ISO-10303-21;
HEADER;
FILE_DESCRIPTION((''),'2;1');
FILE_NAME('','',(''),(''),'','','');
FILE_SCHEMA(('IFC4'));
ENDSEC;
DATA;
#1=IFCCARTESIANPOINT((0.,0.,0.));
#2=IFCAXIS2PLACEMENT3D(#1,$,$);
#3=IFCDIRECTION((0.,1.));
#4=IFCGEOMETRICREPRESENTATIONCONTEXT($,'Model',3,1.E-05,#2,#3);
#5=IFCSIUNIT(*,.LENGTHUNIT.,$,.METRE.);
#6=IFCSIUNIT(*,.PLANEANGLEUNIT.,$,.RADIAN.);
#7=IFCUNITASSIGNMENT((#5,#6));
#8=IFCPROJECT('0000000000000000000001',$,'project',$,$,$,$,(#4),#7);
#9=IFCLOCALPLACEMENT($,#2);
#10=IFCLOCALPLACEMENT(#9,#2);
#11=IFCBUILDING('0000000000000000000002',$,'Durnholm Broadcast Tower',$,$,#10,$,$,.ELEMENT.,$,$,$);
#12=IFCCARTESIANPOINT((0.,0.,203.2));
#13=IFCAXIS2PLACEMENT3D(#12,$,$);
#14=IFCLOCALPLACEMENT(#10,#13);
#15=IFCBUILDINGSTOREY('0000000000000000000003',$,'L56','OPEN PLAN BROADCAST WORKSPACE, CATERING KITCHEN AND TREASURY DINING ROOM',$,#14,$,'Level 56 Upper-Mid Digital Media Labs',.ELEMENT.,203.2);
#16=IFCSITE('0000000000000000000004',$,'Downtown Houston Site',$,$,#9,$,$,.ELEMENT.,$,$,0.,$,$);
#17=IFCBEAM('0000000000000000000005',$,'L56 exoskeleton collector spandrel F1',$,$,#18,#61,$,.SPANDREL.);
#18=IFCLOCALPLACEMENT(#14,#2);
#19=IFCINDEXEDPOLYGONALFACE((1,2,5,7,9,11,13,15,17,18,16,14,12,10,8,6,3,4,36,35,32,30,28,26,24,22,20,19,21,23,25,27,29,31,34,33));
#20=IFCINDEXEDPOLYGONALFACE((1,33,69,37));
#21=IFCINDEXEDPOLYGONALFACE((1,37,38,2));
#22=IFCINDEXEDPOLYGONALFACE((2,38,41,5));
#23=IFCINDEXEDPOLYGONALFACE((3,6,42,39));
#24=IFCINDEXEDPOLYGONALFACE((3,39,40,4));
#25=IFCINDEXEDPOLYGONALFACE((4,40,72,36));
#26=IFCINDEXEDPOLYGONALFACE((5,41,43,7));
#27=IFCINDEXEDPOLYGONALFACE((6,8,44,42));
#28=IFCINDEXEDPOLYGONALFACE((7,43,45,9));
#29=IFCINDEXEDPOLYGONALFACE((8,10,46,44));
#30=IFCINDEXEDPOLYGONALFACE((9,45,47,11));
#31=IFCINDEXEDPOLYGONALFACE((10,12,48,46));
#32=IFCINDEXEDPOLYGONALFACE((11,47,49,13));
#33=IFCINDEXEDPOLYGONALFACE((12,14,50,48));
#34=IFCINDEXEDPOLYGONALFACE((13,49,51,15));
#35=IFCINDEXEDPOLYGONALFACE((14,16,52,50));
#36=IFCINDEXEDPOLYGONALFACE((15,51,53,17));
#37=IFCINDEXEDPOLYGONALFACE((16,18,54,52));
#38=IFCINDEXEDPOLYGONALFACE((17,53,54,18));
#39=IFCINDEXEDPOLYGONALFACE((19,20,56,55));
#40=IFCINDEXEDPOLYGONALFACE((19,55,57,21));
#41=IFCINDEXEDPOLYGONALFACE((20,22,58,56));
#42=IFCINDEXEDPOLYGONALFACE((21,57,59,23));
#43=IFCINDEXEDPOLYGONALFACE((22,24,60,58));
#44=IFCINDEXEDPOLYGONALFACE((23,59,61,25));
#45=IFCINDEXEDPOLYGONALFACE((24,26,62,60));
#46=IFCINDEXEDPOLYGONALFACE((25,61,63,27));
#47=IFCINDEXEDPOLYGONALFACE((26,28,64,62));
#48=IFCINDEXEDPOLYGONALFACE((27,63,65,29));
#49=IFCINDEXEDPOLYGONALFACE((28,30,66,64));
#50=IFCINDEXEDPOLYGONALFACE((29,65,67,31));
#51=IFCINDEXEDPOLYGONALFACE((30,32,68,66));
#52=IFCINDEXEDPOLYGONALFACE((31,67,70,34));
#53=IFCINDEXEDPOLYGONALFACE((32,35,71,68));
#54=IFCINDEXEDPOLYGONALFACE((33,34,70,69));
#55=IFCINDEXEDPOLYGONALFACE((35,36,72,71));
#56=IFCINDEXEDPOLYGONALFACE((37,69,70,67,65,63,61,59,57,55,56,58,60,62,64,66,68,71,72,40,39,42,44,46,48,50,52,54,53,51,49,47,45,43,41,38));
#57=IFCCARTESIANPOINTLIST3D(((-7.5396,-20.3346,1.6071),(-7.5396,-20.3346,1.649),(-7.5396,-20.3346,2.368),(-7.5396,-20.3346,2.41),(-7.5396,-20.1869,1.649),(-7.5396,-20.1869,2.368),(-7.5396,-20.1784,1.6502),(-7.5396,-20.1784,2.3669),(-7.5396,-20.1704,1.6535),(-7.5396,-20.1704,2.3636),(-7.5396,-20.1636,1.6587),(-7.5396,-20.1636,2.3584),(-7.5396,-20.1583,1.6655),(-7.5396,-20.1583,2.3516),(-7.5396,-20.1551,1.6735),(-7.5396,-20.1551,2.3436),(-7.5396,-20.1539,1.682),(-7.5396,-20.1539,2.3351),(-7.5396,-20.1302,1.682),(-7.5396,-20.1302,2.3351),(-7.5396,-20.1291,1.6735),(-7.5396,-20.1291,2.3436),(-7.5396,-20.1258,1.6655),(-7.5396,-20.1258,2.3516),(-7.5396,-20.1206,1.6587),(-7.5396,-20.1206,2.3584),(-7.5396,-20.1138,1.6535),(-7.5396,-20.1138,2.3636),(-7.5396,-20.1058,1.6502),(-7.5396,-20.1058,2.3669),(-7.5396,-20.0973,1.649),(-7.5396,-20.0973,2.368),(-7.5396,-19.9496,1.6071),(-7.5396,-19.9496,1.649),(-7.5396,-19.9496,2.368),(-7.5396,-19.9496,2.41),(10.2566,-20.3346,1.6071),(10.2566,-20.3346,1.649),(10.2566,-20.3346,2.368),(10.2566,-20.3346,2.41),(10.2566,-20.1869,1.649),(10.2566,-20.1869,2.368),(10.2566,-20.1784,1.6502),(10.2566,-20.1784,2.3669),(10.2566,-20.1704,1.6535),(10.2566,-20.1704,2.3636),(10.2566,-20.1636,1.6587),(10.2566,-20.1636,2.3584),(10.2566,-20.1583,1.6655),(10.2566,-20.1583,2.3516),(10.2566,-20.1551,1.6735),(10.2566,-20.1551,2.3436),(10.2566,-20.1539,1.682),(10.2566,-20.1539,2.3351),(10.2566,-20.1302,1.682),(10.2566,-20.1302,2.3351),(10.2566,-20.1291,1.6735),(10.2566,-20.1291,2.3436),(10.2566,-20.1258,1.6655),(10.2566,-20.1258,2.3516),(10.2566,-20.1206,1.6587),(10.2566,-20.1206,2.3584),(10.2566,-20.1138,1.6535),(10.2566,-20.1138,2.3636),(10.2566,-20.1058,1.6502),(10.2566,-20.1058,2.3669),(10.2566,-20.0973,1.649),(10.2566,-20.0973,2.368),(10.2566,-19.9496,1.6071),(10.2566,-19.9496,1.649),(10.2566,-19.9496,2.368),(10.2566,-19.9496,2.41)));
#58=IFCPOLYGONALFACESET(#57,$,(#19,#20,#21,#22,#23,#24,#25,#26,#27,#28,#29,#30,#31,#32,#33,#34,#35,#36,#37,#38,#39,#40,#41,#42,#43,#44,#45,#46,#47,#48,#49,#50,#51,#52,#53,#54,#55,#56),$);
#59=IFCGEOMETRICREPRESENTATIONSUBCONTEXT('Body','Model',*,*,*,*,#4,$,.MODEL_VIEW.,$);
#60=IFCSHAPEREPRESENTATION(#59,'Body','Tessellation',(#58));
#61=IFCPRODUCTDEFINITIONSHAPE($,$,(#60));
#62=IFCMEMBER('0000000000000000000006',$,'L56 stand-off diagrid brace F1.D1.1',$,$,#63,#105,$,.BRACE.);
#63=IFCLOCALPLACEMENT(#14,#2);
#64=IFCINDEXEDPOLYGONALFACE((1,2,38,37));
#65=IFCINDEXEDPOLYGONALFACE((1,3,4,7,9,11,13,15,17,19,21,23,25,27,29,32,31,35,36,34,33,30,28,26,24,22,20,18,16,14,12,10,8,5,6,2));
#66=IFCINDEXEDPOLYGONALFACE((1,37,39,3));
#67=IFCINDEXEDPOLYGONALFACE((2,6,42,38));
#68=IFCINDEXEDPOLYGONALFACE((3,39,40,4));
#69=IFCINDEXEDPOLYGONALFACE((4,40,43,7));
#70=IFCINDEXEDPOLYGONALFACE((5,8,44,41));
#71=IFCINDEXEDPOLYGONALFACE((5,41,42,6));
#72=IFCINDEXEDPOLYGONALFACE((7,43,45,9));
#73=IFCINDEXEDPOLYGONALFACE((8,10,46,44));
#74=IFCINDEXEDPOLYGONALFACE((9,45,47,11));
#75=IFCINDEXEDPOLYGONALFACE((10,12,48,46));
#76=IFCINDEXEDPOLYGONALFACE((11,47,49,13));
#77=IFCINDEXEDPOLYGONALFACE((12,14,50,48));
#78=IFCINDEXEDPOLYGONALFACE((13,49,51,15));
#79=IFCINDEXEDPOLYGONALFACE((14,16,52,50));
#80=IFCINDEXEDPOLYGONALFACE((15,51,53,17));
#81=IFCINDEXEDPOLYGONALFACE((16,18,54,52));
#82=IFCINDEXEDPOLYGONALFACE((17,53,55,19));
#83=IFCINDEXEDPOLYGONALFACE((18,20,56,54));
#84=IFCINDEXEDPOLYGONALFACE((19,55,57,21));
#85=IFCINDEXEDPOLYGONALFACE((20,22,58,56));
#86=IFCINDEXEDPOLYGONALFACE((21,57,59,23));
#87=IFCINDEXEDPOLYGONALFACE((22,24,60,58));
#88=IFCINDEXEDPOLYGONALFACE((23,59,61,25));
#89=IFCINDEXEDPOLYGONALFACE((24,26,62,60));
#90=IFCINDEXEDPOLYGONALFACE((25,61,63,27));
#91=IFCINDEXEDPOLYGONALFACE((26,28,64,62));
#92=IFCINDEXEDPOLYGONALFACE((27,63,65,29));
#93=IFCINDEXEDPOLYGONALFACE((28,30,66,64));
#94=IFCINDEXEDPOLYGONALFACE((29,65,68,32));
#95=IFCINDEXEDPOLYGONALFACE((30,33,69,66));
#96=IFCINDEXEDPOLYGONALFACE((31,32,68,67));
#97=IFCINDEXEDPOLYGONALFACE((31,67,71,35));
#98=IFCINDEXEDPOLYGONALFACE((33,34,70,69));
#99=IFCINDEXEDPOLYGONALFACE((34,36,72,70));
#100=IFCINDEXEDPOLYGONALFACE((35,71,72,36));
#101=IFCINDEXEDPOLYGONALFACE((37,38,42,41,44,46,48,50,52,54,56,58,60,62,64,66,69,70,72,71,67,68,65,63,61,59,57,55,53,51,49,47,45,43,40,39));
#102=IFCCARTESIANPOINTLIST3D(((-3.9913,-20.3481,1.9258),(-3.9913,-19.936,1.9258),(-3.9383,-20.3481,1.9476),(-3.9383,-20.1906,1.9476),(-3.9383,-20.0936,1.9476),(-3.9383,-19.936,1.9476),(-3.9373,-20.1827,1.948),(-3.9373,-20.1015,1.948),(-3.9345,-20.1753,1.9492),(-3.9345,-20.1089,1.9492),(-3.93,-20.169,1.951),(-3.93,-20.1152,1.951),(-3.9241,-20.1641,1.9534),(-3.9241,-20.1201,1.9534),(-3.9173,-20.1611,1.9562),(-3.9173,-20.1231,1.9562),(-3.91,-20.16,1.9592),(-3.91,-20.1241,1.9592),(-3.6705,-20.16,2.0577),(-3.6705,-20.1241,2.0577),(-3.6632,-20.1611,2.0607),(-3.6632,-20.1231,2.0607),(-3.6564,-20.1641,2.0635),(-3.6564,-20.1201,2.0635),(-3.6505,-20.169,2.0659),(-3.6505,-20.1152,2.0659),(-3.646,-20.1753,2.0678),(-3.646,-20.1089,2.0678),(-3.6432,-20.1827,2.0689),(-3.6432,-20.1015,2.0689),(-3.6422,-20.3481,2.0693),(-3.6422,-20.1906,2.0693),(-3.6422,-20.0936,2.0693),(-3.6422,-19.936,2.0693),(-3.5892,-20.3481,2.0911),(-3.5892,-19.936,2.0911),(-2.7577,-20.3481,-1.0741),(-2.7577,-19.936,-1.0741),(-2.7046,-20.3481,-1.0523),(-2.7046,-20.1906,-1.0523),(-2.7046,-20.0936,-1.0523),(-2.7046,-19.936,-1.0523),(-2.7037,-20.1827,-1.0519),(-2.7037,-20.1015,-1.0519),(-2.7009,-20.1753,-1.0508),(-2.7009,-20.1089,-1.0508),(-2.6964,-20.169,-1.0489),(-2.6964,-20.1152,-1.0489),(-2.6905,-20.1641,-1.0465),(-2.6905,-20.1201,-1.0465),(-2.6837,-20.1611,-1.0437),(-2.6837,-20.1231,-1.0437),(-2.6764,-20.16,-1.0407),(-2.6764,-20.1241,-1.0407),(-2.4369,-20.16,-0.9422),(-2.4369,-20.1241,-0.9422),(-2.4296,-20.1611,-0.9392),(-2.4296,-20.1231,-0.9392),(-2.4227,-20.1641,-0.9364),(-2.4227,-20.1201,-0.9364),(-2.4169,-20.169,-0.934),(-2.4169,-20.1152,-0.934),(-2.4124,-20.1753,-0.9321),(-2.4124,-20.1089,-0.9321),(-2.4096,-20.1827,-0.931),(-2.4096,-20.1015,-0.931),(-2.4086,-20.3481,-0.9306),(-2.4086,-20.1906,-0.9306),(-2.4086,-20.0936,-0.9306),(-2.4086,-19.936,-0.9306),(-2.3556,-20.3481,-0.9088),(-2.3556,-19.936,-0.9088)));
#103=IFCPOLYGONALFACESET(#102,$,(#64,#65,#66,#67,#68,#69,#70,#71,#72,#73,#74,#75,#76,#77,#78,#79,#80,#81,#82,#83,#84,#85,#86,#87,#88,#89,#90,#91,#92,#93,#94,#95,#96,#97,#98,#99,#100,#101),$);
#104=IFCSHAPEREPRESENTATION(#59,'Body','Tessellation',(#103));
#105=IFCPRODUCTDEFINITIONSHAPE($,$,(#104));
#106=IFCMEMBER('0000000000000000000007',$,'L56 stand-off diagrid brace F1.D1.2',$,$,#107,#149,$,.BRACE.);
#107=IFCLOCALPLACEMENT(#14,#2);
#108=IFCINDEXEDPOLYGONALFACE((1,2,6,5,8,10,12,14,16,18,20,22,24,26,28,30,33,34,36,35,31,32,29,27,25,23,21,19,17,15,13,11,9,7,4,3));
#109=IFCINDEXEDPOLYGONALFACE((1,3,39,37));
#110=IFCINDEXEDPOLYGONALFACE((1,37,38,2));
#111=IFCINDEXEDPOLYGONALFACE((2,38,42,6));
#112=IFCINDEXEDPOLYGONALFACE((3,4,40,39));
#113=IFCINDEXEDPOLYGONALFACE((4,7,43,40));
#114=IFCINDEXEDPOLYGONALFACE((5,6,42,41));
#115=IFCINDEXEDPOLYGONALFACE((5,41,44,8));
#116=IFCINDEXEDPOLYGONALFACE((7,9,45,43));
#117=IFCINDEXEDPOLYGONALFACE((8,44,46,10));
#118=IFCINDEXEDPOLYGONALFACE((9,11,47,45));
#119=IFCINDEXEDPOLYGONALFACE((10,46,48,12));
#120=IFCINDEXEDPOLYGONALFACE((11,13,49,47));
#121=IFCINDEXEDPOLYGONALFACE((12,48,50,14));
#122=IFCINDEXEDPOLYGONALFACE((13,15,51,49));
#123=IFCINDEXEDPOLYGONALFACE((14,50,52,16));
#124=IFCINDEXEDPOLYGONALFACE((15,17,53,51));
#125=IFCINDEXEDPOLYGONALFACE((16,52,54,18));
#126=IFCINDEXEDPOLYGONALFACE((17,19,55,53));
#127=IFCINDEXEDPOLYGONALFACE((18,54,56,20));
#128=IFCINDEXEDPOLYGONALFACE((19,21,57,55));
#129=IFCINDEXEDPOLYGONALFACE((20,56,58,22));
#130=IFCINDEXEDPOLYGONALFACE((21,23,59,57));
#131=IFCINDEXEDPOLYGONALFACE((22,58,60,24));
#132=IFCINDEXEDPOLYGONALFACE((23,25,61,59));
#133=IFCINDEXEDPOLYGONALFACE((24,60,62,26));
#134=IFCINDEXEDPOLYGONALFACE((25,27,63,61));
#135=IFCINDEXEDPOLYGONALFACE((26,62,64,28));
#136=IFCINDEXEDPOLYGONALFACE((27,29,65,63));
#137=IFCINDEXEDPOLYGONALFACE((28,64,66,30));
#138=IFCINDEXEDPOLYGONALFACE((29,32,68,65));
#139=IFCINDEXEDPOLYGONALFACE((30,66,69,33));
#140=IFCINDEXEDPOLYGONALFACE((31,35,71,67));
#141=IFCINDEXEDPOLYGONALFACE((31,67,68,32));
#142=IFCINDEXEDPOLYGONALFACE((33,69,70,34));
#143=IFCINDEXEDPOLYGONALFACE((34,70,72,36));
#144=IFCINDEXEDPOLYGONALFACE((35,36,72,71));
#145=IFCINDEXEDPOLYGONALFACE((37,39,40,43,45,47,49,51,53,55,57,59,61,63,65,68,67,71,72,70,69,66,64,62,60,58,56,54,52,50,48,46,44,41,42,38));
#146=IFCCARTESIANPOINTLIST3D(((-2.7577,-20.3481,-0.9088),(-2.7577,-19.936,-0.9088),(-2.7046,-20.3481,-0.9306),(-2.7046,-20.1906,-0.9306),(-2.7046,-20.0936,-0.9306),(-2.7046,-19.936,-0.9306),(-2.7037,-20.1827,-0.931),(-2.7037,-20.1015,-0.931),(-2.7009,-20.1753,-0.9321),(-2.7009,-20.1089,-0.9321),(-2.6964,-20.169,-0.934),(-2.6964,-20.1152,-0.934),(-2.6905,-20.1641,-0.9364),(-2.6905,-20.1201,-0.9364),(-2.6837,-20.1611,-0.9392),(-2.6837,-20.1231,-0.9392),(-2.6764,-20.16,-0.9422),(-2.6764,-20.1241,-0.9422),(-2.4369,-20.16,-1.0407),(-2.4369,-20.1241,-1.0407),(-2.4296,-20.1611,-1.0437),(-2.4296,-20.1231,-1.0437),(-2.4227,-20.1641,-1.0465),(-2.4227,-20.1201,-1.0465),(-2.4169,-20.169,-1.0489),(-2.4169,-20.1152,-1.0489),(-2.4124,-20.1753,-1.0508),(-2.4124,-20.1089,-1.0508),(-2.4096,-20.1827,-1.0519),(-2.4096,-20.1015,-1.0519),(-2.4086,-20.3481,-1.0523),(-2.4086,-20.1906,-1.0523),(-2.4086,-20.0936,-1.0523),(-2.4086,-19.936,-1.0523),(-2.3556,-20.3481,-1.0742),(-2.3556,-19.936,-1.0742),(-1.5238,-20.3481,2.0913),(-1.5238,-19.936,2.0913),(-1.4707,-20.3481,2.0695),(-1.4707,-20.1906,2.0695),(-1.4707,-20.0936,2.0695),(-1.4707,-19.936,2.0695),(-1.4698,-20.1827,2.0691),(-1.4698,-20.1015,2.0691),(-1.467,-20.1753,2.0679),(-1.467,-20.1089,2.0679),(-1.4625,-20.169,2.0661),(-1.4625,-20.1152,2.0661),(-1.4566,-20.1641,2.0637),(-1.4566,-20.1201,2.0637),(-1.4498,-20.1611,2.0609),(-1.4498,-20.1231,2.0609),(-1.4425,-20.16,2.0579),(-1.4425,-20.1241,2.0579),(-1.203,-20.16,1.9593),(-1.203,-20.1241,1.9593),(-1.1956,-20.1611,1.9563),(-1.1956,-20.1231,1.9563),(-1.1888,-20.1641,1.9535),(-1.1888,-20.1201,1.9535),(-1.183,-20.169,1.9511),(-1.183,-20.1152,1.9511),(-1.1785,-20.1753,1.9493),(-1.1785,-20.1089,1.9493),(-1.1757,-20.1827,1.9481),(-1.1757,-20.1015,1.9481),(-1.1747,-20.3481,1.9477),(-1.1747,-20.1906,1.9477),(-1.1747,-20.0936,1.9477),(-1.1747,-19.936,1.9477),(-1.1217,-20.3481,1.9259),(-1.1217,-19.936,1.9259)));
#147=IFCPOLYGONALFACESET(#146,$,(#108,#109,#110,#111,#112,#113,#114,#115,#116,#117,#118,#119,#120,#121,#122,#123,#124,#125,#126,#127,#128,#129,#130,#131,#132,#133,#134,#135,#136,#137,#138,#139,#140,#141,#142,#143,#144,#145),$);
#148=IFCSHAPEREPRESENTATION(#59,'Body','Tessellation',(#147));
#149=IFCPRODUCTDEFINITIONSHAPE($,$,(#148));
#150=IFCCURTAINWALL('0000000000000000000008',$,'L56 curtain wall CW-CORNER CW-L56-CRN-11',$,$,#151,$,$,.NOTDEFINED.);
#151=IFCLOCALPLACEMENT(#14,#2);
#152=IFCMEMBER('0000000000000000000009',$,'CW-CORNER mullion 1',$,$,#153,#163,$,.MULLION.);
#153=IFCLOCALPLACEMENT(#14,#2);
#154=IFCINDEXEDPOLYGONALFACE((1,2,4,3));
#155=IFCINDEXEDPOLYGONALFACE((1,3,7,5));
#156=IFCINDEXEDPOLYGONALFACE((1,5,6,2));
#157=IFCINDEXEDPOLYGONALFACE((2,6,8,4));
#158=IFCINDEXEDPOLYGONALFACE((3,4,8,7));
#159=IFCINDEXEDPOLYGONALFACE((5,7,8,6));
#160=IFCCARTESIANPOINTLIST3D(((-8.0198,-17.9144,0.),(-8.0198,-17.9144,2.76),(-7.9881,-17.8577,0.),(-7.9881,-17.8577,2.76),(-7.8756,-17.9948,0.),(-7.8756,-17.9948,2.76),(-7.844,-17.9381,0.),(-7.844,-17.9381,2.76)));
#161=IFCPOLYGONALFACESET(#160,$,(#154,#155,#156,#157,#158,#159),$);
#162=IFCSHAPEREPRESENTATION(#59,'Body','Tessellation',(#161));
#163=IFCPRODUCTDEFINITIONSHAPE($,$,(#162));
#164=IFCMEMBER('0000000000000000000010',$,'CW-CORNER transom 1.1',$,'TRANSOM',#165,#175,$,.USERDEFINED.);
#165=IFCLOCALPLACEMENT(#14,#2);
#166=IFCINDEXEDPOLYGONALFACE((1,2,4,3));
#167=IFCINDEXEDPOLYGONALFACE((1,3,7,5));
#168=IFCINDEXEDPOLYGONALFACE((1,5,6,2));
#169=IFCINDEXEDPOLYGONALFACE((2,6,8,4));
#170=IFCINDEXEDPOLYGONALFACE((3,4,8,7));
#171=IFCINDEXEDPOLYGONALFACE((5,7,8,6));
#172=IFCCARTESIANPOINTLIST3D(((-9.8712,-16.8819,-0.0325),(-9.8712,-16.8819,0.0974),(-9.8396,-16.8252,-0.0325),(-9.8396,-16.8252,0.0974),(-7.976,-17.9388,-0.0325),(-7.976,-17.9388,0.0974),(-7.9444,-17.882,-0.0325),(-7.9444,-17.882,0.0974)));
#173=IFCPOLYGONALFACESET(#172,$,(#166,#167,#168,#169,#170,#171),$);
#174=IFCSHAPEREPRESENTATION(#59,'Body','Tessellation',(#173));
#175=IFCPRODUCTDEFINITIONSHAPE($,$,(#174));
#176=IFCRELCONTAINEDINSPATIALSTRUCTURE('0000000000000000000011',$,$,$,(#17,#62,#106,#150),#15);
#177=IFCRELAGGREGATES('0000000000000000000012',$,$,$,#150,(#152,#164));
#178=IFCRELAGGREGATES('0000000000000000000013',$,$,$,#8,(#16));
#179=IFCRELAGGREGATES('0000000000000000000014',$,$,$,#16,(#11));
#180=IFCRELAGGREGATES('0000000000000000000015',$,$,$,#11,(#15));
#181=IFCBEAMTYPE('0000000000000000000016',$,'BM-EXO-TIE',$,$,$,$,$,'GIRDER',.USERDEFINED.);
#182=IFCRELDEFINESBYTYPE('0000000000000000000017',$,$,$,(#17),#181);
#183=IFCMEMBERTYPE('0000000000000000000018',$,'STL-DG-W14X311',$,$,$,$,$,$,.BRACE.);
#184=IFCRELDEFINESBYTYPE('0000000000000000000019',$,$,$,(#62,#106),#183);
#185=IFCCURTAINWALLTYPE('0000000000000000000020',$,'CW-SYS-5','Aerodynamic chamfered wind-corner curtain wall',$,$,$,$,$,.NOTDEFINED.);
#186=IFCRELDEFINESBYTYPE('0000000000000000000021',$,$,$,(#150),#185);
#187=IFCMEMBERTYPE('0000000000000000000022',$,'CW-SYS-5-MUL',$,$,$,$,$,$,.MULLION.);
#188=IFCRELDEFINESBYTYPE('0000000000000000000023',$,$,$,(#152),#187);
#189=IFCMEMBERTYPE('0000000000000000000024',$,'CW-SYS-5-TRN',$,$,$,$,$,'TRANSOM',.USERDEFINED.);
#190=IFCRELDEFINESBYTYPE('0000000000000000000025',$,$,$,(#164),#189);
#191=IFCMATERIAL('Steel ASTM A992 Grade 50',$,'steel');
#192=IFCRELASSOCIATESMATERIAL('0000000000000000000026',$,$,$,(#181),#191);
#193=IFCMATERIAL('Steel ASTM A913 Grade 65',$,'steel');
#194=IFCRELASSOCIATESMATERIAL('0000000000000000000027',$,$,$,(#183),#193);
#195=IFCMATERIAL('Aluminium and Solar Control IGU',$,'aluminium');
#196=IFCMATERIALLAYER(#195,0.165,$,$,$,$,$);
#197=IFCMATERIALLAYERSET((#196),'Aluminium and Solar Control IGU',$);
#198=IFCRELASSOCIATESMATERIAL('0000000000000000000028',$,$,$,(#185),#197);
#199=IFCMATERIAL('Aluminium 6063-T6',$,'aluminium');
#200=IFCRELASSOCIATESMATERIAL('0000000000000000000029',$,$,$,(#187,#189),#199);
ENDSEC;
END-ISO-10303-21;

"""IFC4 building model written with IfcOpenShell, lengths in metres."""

from ifc_helpers import new_model, si_unit, direction, frame, origin, origin_2d, place, context, subcontext, project, spatial, rectangle, i_section, extrude, source, transform, mapped, material, layer, layer_set, material_profile, profile_set, type_object, type_shapes, element, aggregate, save


model = new_model("IFC4")

# Units and contexts
model_context = context("Model", 3, precision=1e-05, world=origin(), true_north=direction((0.0, 1.0)))
body_context = subcontext(model_context, "Body", "Model", "MODEL_VIEW")
ifc_project = project(units=[si_unit("LENGTHUNIT", "METRE"), si_unit("PLANEANGLEUNIT", "RADIAN")], contexts=[model_context])

# Site, building, storey
site_placement = place(None, origin())
site = spatial("IfcSite", under=ifc_project, at=site_placement, Name="Downtown Houston Site", CompositionType="ELEMENT", RefElevation=0.0)
building_placement = place(site_placement, origin())
building = spatial("IfcBuilding", under=site, at=building_placement, Name="Durnholm Broadcast Tower", CompositionType="ELEMENT")
storey_placement = place(building_placement, frame((0.0, 0.0, 203.2)))
storey = spatial("IfcBuildingStorey", under=building, at=storey_placement, Name="L56", Description="OPEN PLAN BROADCAST WORKSPACE, CATERING KITCHEN AND TREASURY DINING ROOM", LongName="Level 56 Upper-Mid Digital Media Labs", CompositionType="ELEMENT", Elevation=203.2)

# Beam
ifc_material_1 = material(Name="Steel ASTM A992 Grade 50", Category="steel")
ifc_material_profile_1 = material_profile(ifc_material_1, i_section(OverallWidth=0.385, OverallDepth=0.803, WebThickness=0.0237, FlangeThickness=0.042, FilletRadius=0.033, at=origin_2d()), Name="W30X261")
ifc_profile_set_1 = profile_set([ifc_material_profile_1], Name="Steel ASTM A992 Grade 50")
beam_type_1 = type_object("IfcBeamType", Name="BM-EXO-TIE", ElementType="GIRDER", PredefinedType="USERDEFINED", material=ifc_profile_set_1)
shared_shape_1 = source(origin(), body_context, "Body", "SweptSolid", [
    extrude(i_section(OverallWidth=0.385, OverallDepth=0.803, WebThickness=0.0237, FlangeThickness=0.042, FilletRadius=0.033, at=origin_2d()), origin(), (0.0, 0.0, 1.0), 17.7961),
])
beam_1_placement = place(storey_placement, frame((-7.5396, -20.1421, 2.0085), z_axis=(1.0, 0.0, 0.0), x_axis=(0.0, 1.0, 0.0)))
element("IfcBeam", 1, at=beam_1_placement, inside=storey, type_object=beam_type_1, Name="L56 exoskeleton collector spandrel F1", PredefinedType="SPANDREL", context=body_context, shape_type="MappedRepresentation", body=[
    mapped(shared_shape_1, transform((0.0, 0.0, 0.0), x_axis=(1.0, 0.0, 0.0), y_axis=(0.0, 1.0, 0.0), z_axis=(0.0, 0.0, 1.0), scale=1.0)),
])

# Members
ifc_material_2 = material(Name="Steel ASTM A913 Grade 65", Category="steel")
ifc_material_profile_2 = material_profile(ifc_material_2, i_section(OverallWidth=0.4121, OverallDepth=0.4348, WebThickness=0.0359, FlangeThickness=0.0574, FilletRadius=0.0305, at=origin_2d()), Name="W14X311")
ifc_profile_set_2 = profile_set([ifc_material_profile_2], Name="Steel ASTM A913 Grade 65")
member_type_1 = type_object("IfcMemberType", Name="STL-DG-W14X311", PredefinedType="BRACE", material=ifc_profile_set_2)
shared_shape_2 = source(origin(), body_context, "Body", "SweptSolid", [
    extrude(i_section(OverallWidth=0.4121, OverallDepth=0.4348, WebThickness=0.0359, FlangeThickness=0.0574, FilletRadius=0.0305, at=origin_2d()), origin(), (0.0, 0.0, 1.0), 3.2437),
])
member_1_placement = place(storey_placement, frame((-2.5566, -20.1421, -0.9915), z_axis=(-0.380314, 0.0, 0.924857), x_axis=(0.0, -1.0, 0.0)))
element("IfcMember", 2, at=member_1_placement, inside=storey, type_object=member_type_1, Name="L56 stand-off diagrid brace F1.D1.1", PredefinedType="BRACE", context=body_context, shape_type="MappedRepresentation", body=[
    mapped(shared_shape_2, transform((0.0, 0.0, 0.0), x_axis=(1.0, 0.0, 0.0), y_axis=(0.0, 1.0, 0.0), z_axis=(0.0, 0.0, 1.0), scale=1.0)),
])
shared_shape_3 = source(origin(), body_context, "Body", "SweptSolid", [
    extrude(i_section(OverallWidth=0.4121, OverallDepth=0.4348, WebThickness=0.0359, FlangeThickness=0.0574, FilletRadius=0.0305, at=origin_2d()), origin(), (0.0, 0.0, 1.0), 3.2439),
])
type_shapes(member_type_1, [shared_shape_2, shared_shape_3])
member_2_placement = place(storey_placement, frame((-2.5566, -20.1421, -0.9915), z_axis=(0.380379, 0.0, 0.924831), x_axis=(0.0, 1.0, 0.0)))
element("IfcMember", 3, at=member_2_placement, inside=storey, type_object=member_type_1, Name="L56 stand-off diagrid brace F1.D1.2", PredefinedType="BRACE", context=body_context, shape_type="MappedRepresentation", body=[
    mapped(shared_shape_3, transform((0.0, 0.0, 0.0), x_axis=(1.0, 0.0, 0.0), y_axis=(0.0, 1.0, 0.0), z_axis=(0.0, 0.0, 1.0), scale=1.0)),
])

# Curtain wall, members
ifc_material_3 = material(Name="Aluminium and Solar Control IGU", Category="aluminium")
ifc_layer_1 = layer(ifc_material_3, 0.165)
ifc_layer_set_1 = layer_set([ifc_layer_1], Name="Aluminium and Solar Control IGU")
curtain_wall_type_1 = type_object("IfcCurtainWallType", Name="CW-SYS-5", Description="Aerodynamic chamfered wind-corner curtain wall", PredefinedType="NOTDEFINED", material=ifc_layer_set_1)
curtain_wall_1_placement = place(storey_placement, origin())
curtain_wall_1 = element("IfcCurtainWall", 4, at=curtain_wall_1_placement, inside=storey, type_object=curtain_wall_type_1, Name="L56 curtain wall CW-CORNER CW-L56-CRN-11", PredefinedType="NOTDEFINED")
ifc_material_4 = material(Name="Aluminium 6063-T6", Category="aluminium")
ifc_material_profile_3 = material_profile(ifc_material_4, rectangle(XDim=0.0649, YDim=0.165, at=origin_2d()), Name="CWM65X165")
ifc_profile_set_3 = profile_set([ifc_material_profile_3], Name="Aluminium 6063-T6")
member_type_2 = type_object("IfcMemberType", Name="CW-SYS-5-MUL", PredefinedType="MULLION", material=ifc_profile_set_3)
shared_shape_4 = source(origin(), body_context, "Body", "SweptSolid", [
    extrude(rectangle(XDim=0.0649, YDim=0.165, at=origin_2d()), origin(), (0.0, 0.0, 1.0), 2.76),
])
type_shapes(member_type_2, [shared_shape_4])
member_3_placement = place(storey_placement, frame((-7.9319, -17.9263, 0.0), z_axis=(0.0, 0.0, 1.0), x_axis=(-0.486986, -0.87341, 0.0)))
member_3 = element("IfcMember", 5, at=member_3_placement, type_object=member_type_2, Name="CW-CORNER mullion 1", PredefinedType="MULLION", context=body_context, shape_type="MappedRepresentation", body=[
    mapped(shared_shape_4, transform((0.0, 0.0, 0.0), x_axis=(1.0, 0.0, 0.0), y_axis=(0.0, 1.0, 0.0), z_axis=(0.0, 0.0, 1.0), scale=1.0)),
])
ifc_material_profile_4 = material_profile(ifc_material_4, rectangle(XDim=0.0649, YDim=0.1299, at=origin_2d()), Name="CWT65X130")
ifc_profile_set_4 = profile_set([ifc_material_profile_4], Name="Aluminium 6063-T6")
member_type_3 = type_object("IfcMemberType", Name="CW-SYS-5-TRN", ElementType="TRANSOM", PredefinedType="USERDEFINED", material=ifc_profile_set_4)
shared_shape_5 = source(origin(), body_context, "Body", "SweptSolid", [
    extrude(rectangle(XDim=0.0649, YDim=0.1299, at=origin_2d()), origin(), (0.0, 0.0, 1.0), 2.1699),
])
type_shapes(member_type_3, [shared_shape_5])
member_4_placement = place(storey_placement, frame((-7.9602, -17.9104, 0.0325), z_axis=(-0.873381, 0.487037, 0.0), x_axis=(-0.487037, -0.873381, 0.0)))
member_4 = element("IfcMember", 6, at=member_4_placement, type_object=member_type_3, Name="CW-CORNER transom 1.1", ObjectType="TRANSOM", PredefinedType="USERDEFINED", context=body_context, shape_type="MappedRepresentation", body=[
    mapped(shared_shape_5, transform((0.0, 0.0, 0.0), x_axis=(1.0, 0.0, 0.0), y_axis=(0.0, 1.0, 0.0), z_axis=(0.0, 0.0, 1.0), scale=1.0)),
])

aggregate(curtain_wall_1, [member_3, member_4])

save(model, "model.ifc")
